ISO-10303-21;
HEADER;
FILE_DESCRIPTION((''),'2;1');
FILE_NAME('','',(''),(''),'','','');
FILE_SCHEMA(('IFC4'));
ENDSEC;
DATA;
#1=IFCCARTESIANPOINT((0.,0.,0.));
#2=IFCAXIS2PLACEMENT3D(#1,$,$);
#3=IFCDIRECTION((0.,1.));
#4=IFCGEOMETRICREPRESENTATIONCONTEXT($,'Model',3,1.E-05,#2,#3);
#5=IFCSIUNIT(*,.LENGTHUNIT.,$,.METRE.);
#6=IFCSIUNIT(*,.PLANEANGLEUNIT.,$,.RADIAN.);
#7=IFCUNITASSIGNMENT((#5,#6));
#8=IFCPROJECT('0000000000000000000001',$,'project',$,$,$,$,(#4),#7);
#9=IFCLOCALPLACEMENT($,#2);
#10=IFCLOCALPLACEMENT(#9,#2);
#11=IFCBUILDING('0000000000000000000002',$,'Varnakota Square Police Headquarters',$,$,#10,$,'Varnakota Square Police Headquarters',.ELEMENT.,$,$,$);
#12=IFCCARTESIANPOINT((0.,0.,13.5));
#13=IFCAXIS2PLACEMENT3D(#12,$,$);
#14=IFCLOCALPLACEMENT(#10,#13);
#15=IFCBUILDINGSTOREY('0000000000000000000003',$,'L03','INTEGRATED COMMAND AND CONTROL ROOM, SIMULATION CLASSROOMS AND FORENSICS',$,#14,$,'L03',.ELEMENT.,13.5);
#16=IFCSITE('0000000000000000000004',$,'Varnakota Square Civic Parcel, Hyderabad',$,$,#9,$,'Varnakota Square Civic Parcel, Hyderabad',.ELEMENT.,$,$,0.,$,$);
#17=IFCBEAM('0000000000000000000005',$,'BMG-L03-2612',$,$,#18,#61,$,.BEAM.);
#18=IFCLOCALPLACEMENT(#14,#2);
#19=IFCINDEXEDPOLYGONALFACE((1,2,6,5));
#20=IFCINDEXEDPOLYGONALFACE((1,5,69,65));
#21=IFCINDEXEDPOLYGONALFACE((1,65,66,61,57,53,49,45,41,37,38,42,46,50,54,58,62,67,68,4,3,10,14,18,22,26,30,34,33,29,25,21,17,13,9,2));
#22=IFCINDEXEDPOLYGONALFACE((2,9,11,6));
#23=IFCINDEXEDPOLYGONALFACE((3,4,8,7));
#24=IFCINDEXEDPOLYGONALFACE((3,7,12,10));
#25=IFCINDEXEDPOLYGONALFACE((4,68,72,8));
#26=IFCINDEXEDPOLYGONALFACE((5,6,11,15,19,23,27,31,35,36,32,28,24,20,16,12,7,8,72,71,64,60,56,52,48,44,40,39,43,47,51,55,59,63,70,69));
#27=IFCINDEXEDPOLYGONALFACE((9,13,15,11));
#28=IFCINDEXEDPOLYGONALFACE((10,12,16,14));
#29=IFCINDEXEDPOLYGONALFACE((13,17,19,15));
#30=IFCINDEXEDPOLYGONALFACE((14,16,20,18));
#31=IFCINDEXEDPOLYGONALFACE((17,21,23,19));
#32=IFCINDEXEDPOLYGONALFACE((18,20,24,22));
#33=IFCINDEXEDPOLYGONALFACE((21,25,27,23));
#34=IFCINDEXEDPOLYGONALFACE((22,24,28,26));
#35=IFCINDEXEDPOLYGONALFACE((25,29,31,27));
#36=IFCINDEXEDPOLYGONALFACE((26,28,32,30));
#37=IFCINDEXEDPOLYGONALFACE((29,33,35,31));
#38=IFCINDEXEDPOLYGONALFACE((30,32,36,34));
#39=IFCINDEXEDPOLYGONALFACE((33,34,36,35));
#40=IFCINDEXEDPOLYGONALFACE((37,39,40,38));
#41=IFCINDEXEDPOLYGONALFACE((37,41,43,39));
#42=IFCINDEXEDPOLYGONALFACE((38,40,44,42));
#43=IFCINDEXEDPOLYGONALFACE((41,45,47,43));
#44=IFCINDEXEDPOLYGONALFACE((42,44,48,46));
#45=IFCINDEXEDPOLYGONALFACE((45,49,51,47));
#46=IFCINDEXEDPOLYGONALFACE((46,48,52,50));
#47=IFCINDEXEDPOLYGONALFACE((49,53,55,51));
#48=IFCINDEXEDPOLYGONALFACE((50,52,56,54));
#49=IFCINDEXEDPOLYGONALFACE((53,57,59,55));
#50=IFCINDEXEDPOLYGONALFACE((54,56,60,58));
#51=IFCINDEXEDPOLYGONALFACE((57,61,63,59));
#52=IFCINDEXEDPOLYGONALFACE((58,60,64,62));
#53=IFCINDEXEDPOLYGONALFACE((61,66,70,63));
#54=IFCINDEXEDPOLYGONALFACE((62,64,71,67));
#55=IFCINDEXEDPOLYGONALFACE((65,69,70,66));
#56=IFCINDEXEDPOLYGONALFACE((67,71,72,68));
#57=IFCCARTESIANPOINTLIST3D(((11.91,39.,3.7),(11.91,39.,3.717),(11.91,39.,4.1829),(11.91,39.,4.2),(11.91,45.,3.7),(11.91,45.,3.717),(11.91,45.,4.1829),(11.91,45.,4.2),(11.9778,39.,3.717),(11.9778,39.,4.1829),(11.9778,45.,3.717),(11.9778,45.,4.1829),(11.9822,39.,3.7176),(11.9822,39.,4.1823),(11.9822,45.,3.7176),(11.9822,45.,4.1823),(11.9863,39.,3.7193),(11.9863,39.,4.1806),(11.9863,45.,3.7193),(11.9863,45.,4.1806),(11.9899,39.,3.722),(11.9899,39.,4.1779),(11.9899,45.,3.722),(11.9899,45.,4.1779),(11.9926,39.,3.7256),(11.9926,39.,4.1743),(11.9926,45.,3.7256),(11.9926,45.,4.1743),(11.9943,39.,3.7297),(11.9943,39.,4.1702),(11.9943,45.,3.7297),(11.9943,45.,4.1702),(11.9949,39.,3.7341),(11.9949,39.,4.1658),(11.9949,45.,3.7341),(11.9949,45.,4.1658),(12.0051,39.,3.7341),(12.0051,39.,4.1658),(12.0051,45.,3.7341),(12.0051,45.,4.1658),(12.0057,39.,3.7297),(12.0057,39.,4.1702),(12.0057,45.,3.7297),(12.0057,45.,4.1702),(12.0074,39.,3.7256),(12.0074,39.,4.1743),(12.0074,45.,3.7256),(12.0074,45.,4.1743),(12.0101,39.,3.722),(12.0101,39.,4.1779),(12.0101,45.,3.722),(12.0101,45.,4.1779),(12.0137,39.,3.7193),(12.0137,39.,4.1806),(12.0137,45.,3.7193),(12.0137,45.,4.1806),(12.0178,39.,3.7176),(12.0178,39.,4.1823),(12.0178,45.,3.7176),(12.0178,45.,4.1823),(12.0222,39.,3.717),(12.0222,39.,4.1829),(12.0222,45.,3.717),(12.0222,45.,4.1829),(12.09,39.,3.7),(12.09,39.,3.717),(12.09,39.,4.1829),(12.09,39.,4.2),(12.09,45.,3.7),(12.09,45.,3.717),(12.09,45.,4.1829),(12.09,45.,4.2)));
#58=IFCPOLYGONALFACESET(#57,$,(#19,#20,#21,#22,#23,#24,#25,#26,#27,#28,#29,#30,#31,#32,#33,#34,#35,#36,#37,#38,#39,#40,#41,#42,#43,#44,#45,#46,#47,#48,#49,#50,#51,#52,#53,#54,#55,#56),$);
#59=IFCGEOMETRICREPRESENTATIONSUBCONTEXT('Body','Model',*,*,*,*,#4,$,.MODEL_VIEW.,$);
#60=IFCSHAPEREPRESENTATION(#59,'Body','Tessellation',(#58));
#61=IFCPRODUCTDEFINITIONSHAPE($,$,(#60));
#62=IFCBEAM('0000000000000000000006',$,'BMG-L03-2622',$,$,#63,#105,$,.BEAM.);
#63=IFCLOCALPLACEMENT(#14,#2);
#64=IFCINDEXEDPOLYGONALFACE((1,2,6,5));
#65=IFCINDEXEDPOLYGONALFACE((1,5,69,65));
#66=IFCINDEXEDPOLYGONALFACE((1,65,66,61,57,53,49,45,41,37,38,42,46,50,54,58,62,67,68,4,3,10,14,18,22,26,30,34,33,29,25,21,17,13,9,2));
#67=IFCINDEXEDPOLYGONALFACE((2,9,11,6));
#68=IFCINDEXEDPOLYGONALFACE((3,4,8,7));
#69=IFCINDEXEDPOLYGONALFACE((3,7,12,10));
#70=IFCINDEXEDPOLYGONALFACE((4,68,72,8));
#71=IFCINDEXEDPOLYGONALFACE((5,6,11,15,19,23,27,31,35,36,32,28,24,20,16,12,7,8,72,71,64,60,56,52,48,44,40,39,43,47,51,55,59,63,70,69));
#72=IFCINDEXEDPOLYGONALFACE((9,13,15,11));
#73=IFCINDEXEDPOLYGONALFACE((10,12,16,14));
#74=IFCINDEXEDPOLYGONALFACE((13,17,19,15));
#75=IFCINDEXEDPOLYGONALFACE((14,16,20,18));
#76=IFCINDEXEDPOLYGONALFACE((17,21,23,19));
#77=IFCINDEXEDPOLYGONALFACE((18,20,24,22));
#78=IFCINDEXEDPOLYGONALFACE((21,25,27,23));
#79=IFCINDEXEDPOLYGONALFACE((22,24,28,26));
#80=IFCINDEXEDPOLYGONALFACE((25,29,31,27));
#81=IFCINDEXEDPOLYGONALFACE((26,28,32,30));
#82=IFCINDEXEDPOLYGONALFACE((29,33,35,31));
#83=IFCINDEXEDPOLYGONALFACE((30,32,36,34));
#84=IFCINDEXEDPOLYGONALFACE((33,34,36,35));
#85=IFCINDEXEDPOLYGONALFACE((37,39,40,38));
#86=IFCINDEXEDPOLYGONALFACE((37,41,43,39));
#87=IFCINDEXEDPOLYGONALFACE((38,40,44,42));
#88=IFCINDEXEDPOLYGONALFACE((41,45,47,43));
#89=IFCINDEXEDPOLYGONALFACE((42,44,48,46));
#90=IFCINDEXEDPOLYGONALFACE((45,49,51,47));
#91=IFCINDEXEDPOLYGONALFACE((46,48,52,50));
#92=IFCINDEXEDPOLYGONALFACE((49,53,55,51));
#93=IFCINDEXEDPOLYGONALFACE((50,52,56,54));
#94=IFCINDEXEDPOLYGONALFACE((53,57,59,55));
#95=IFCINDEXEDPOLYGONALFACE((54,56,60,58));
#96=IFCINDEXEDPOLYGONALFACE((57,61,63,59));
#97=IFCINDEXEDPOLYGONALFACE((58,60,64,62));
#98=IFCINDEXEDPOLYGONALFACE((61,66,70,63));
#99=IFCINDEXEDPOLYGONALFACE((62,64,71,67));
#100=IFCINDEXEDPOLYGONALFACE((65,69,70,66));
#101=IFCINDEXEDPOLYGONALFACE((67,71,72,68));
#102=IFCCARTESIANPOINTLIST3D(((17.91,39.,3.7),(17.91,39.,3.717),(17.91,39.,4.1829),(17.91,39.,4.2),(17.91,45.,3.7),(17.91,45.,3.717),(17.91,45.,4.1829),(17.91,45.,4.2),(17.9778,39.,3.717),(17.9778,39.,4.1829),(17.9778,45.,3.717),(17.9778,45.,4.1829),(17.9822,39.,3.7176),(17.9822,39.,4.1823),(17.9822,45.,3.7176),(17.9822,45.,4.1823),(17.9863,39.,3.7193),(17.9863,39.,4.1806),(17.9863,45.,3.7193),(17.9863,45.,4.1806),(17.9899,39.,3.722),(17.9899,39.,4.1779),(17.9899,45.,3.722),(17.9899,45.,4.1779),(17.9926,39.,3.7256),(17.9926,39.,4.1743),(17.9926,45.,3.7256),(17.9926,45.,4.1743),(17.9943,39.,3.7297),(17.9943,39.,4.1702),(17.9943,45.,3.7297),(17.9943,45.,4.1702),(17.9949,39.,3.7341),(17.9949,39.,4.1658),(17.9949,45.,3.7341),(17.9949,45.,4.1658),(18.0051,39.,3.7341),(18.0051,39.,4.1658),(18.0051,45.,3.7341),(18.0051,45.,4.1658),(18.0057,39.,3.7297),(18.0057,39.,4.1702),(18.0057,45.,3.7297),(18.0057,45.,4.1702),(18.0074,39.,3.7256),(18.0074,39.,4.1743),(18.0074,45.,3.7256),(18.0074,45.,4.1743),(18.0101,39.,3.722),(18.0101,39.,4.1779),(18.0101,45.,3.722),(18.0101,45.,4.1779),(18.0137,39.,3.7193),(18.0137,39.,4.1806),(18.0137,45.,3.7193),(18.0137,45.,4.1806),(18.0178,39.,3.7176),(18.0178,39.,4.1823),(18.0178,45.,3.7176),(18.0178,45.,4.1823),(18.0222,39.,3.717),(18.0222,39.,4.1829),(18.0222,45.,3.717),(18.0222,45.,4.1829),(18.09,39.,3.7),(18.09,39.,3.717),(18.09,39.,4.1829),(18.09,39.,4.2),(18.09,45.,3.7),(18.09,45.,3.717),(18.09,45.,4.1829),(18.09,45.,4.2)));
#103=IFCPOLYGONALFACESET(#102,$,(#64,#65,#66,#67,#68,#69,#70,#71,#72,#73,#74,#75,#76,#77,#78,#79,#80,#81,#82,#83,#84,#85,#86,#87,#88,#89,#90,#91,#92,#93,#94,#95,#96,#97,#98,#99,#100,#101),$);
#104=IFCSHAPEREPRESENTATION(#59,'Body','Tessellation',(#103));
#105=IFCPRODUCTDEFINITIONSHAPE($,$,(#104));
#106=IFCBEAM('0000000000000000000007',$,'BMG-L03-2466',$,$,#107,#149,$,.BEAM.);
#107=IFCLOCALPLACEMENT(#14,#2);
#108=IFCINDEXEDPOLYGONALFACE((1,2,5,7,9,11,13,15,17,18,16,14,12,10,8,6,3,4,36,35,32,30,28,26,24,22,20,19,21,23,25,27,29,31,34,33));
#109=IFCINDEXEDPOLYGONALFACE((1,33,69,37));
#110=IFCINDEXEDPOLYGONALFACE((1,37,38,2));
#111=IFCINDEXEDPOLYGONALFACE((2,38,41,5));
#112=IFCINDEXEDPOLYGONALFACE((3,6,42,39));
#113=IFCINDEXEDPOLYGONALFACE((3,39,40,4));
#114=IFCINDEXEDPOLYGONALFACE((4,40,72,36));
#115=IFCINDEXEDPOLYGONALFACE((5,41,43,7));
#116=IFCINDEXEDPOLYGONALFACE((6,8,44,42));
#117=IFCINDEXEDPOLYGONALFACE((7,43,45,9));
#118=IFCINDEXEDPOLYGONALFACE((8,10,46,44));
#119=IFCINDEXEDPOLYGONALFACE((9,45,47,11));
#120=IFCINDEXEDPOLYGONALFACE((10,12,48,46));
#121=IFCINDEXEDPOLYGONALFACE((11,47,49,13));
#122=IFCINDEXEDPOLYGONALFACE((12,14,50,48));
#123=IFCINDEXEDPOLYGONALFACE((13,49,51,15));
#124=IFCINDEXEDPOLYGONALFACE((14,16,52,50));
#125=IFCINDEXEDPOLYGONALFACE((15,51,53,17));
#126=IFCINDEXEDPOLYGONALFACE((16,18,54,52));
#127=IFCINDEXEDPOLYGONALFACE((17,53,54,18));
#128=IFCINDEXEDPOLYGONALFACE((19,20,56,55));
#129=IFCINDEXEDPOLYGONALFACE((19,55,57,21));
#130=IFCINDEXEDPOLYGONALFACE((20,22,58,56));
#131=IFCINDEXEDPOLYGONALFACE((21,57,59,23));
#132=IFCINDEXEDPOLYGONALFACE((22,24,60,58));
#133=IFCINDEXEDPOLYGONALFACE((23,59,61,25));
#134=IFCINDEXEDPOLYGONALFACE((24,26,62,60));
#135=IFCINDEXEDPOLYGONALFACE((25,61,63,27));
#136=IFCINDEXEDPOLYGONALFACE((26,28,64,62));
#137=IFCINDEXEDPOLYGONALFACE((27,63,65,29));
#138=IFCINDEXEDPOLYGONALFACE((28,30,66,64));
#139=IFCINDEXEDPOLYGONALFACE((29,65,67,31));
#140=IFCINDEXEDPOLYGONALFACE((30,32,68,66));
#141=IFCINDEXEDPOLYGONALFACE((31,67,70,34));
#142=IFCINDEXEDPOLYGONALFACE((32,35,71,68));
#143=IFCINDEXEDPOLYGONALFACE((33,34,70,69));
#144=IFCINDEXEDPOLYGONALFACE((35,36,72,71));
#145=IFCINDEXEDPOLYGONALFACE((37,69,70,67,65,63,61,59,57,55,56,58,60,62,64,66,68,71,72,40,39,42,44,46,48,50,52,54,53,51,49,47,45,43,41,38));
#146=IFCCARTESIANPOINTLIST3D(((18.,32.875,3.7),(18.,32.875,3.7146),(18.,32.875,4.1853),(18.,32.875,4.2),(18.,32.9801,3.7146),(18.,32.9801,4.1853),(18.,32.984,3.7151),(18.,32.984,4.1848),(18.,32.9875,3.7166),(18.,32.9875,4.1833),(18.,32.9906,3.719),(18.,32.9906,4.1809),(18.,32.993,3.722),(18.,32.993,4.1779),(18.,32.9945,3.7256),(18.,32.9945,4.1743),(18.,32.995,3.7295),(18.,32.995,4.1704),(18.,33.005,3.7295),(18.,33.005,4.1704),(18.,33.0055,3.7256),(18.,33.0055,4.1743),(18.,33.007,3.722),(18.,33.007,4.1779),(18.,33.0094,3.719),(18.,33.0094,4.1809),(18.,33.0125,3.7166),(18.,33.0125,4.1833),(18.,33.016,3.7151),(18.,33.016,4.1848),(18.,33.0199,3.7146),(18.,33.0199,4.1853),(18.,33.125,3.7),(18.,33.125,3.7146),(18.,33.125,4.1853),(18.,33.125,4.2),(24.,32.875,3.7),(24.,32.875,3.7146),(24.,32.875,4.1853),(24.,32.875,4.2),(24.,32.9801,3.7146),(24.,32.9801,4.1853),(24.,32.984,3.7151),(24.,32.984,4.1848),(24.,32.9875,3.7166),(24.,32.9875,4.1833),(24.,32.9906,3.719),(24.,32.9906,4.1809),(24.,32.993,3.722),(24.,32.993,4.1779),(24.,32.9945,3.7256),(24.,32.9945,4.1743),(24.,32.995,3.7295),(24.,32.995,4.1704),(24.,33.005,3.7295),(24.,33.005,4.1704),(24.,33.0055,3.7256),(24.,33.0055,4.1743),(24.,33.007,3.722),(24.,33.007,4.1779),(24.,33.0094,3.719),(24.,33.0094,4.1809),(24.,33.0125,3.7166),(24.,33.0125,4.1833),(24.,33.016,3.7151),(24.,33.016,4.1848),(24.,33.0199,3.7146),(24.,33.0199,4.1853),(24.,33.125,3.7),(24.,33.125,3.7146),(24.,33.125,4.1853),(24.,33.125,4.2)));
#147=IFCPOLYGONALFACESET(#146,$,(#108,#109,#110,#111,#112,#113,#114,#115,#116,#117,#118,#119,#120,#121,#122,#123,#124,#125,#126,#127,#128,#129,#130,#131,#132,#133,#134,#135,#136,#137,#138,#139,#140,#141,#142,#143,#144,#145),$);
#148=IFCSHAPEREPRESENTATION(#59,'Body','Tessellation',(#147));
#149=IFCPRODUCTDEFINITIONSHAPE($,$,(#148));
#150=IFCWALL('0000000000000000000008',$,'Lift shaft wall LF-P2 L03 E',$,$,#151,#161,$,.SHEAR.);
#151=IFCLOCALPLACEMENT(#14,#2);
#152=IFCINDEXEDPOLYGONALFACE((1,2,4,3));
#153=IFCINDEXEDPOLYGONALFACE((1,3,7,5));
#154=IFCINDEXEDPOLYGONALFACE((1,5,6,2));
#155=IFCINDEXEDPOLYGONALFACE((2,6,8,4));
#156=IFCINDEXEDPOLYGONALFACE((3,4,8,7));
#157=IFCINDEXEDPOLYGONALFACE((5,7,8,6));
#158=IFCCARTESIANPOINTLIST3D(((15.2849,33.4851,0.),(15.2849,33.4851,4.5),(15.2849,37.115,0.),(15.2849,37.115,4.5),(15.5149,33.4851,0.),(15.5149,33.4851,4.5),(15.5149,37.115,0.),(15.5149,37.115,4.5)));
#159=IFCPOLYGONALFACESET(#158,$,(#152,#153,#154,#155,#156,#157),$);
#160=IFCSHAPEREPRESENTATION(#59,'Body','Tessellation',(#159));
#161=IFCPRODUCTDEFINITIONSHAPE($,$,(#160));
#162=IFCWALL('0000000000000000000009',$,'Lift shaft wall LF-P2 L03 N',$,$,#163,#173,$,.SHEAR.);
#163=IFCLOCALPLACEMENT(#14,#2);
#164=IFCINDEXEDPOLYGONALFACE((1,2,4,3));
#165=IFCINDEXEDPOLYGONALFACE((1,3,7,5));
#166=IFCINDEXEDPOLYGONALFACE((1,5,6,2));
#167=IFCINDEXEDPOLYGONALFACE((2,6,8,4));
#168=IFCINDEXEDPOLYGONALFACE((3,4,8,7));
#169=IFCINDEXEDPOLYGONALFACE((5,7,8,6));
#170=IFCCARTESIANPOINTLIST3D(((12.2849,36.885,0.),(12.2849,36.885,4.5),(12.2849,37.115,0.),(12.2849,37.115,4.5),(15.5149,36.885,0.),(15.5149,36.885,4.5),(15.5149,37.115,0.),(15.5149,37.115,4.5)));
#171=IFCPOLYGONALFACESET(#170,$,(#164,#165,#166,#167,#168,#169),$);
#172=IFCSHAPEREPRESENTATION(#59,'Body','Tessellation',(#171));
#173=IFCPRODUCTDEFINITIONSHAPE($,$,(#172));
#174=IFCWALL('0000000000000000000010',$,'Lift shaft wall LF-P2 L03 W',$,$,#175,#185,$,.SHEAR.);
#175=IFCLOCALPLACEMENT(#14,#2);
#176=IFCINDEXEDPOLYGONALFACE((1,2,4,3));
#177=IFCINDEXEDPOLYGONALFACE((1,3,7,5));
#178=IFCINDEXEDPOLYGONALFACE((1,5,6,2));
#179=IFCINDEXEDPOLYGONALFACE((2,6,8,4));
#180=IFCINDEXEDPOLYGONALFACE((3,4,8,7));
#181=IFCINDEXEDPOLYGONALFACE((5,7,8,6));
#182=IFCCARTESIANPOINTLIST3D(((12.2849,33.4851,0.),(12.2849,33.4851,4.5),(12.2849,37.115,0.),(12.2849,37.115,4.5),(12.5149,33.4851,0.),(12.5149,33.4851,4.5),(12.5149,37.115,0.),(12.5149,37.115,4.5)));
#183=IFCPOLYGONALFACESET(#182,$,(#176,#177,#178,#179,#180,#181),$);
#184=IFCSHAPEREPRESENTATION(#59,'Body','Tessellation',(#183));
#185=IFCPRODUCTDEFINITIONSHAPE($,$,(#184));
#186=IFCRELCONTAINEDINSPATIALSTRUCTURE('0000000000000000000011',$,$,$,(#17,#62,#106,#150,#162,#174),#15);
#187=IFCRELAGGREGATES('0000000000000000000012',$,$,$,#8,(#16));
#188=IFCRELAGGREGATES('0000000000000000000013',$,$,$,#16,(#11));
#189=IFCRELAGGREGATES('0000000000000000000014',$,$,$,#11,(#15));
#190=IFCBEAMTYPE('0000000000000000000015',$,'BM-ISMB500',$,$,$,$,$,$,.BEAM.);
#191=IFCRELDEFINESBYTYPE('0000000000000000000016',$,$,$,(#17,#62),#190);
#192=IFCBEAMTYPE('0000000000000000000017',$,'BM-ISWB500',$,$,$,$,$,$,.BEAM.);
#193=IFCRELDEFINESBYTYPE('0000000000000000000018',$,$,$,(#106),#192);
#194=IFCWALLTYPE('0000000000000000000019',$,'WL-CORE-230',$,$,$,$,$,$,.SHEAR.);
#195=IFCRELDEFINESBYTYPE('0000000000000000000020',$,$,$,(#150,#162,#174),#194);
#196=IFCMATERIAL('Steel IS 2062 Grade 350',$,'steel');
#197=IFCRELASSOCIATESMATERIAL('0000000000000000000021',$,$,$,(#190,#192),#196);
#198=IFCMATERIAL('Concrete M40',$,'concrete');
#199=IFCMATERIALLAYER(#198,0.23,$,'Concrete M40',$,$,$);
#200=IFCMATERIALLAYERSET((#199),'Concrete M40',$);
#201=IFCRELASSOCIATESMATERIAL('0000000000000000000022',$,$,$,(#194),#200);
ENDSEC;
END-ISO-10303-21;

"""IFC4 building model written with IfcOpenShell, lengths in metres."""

from ifc_helpers import new_model, si_unit, direction, frame, frame_2d, origin, origin_2d, place, context, subcontext, project, spatial, rectangle, i_section, extrude, material, layer, layer_set, material_profile, profile_set, type_object, element, save


model = new_model("IFC4")

# Units and contexts
model_context = context("Model", 3, precision=1e-05, world=origin(), true_north=direction((0.0, 1.0)))
body_context = subcontext(model_context, "Body", "Model", "MODEL_VIEW")
ifc_project = project(units=[si_unit("LENGTHUNIT", "METRE"), si_unit("PLANEANGLEUNIT", "RADIAN")], contexts=[model_context])

# Site, building, storey
site_placement = place(None, origin())
site = spatial("IfcSite", under=ifc_project, at=site_placement, Name="Varnakota Square Civic Parcel, Hyderabad", LongName="Varnakota Square Civic Parcel, Hyderabad", CompositionType="ELEMENT", RefElevation=0.0)
building_placement = place(site_placement, origin())
building = spatial("IfcBuilding", under=site, at=building_placement, Name="Varnakota Square Police Headquarters", LongName="Varnakota Square Police Headquarters", CompositionType="ELEMENT")
storey_placement = place(building_placement, frame((0.0, 0.0, 13.5)))
storey = spatial("IfcBuildingStorey", under=building, at=storey_placement, Name="L03", Description="INTEGRATED COMMAND AND CONTROL ROOM, SIMULATION CLASSROOMS AND FORENSICS", LongName="L03", CompositionType="ELEMENT", Elevation=13.5)

# Shared definitions
ifc_material_1 = material(Name="Steel IS 2062 Grade 350", Category="steel")

# Beams
ifc_material_profile_1 = material_profile(ifc_material_1, i_section(OverallWidth=0.1799, OverallDepth=0.5, WebThickness=0.0103, FlangeThickness=0.0171, FilletRadius=0.0171, at=origin_2d()), Name="ISMB 500")
ifc_profile_set_1 = profile_set([ifc_material_profile_1], Name="Steel IS 2062 Grade 350")
beam_type_1 = type_object("IfcBeamType", Name="BM-ISMB500", PredefinedType="BEAM", material=ifc_profile_set_1)
for number, where, z_axis, x_axis, name in (
    (1, (12.0, 39.0, 3.95), (0.0, 1.0, 0.0), (-1.0, 0.0, 0.0), "BMG-L03-2612"),
    (2, (18.0, 39.0, 3.95), (0.0, 1.0, 0.0), (-1.0, 0.0, 0.0), "BMG-L03-2622"),
):
    element("IfcBeam", number, at=place(storey_placement, frame(where, z_axis=z_axis, x_axis=x_axis)), inside=storey, type_object=beam_type_1, Name=name, PredefinedType="BEAM", context=body_context, shape_type="SweptSolid", body=[
        extrude(i_section(OverallWidth=0.1799, OverallDepth=0.5, WebThickness=0.0103, FlangeThickness=0.0171, FilletRadius=0.0171, at=origin_2d()), origin(), (0.0, 0.0, 1.0), 6.0),
    ])
ifc_material_profile_2 = material_profile(ifc_material_1, i_section(OverallWidth=0.25, OverallDepth=0.5, WebThickness=0.01, FlangeThickness=0.0146, FilletRadius=0.0149, at=origin_2d()), Name="ISWB 500")
ifc_profile_set_2 = profile_set([ifc_material_profile_2], Name="Steel IS 2062 Grade 350")
beam_type_2 = type_object("IfcBeamType", Name="BM-ISWB500", PredefinedType="BEAM", material=ifc_profile_set_2)
beam_1_placement = place(storey_placement, frame((18.0, 33.0, 3.95), z_axis=(1.0, 0.0, 0.0), x_axis=(0.0, 1.0, 0.0)))
element("IfcBeam", 3, at=beam_1_placement, inside=storey, type_object=beam_type_2, Name="BMG-L03-2466", PredefinedType="BEAM", context=body_context, shape_type="SweptSolid", body=[
    extrude(i_section(OverallWidth=0.25, OverallDepth=0.5, WebThickness=0.01, FlangeThickness=0.0146, FilletRadius=0.0149, at=origin_2d()), origin(), (0.0, 0.0, 1.0), 6.0),
])

# Shared definitions
ifc_material_2 = material(Name="Concrete M40", Category="concrete")
ifc_layer_1 = layer(ifc_material_2, 0.23, Name="Concrete M40")
ifc_layer_set_1 = layer_set([ifc_layer_1], Name="Concrete M40")
wall_type_1 = type_object("IfcWallType", Name="WL-CORE-230", PredefinedType="SHEAR", material=ifc_layer_set_1)

# Walls
wall_1_placement = place(storey_placement, frame((15.3999, 33.4851, 0.0), z_axis=(0.0, 0.0, 1.0), x_axis=(0.0, 1.0, 0.0)))
element("IfcWall", 4, at=wall_1_placement, inside=storey, type_object=wall_type_1, Name="Lift shaft wall LF-P2 L03 E", PredefinedType="SHEAR", context=body_context, shape_type="SweptSolid", body=[
    extrude(rectangle(XDim=3.6299, YDim=0.23, at=frame_2d((1.8149, 0.0))), origin(), (0.0, 0.0, 1.0), 4.5),
])
wall_2_placement = place(storey_placement, frame((15.5149, 37.0, 0.0), z_axis=(0.0, 0.0, 1.0), x_axis=(-1.0, 0.0, 0.0)))
element("IfcWall", 5, at=wall_2_placement, inside=storey, type_object=wall_type_1, Name="Lift shaft wall LF-P2 L03 N", PredefinedType="SHEAR", context=body_context, shape_type="SweptSolid", body=[
    extrude(rectangle(XDim=3.23, YDim=0.23, at=frame_2d((1.615, 0.0))), origin(), (0.0, 0.0, 1.0), 4.5),
])
wall_3_placement = place(storey_placement, frame((12.3999, 37.115, 0.0), z_axis=(0.0, 0.0, 1.0), x_axis=(0.0, -1.0, 0.0)))
element("IfcWall", 6, at=wall_3_placement, inside=storey, type_object=wall_type_1, Name="Lift shaft wall LF-P2 L03 W", PredefinedType="SHEAR", context=body_context, shape_type="SweptSolid", body=[
    extrude(rectangle(XDim=3.6299, YDim=0.23, at=frame_2d((1.8149, 0.0))), origin(), (0.0, 0.0, 1.0), 4.5),
])

save(model, "model.ifc")
